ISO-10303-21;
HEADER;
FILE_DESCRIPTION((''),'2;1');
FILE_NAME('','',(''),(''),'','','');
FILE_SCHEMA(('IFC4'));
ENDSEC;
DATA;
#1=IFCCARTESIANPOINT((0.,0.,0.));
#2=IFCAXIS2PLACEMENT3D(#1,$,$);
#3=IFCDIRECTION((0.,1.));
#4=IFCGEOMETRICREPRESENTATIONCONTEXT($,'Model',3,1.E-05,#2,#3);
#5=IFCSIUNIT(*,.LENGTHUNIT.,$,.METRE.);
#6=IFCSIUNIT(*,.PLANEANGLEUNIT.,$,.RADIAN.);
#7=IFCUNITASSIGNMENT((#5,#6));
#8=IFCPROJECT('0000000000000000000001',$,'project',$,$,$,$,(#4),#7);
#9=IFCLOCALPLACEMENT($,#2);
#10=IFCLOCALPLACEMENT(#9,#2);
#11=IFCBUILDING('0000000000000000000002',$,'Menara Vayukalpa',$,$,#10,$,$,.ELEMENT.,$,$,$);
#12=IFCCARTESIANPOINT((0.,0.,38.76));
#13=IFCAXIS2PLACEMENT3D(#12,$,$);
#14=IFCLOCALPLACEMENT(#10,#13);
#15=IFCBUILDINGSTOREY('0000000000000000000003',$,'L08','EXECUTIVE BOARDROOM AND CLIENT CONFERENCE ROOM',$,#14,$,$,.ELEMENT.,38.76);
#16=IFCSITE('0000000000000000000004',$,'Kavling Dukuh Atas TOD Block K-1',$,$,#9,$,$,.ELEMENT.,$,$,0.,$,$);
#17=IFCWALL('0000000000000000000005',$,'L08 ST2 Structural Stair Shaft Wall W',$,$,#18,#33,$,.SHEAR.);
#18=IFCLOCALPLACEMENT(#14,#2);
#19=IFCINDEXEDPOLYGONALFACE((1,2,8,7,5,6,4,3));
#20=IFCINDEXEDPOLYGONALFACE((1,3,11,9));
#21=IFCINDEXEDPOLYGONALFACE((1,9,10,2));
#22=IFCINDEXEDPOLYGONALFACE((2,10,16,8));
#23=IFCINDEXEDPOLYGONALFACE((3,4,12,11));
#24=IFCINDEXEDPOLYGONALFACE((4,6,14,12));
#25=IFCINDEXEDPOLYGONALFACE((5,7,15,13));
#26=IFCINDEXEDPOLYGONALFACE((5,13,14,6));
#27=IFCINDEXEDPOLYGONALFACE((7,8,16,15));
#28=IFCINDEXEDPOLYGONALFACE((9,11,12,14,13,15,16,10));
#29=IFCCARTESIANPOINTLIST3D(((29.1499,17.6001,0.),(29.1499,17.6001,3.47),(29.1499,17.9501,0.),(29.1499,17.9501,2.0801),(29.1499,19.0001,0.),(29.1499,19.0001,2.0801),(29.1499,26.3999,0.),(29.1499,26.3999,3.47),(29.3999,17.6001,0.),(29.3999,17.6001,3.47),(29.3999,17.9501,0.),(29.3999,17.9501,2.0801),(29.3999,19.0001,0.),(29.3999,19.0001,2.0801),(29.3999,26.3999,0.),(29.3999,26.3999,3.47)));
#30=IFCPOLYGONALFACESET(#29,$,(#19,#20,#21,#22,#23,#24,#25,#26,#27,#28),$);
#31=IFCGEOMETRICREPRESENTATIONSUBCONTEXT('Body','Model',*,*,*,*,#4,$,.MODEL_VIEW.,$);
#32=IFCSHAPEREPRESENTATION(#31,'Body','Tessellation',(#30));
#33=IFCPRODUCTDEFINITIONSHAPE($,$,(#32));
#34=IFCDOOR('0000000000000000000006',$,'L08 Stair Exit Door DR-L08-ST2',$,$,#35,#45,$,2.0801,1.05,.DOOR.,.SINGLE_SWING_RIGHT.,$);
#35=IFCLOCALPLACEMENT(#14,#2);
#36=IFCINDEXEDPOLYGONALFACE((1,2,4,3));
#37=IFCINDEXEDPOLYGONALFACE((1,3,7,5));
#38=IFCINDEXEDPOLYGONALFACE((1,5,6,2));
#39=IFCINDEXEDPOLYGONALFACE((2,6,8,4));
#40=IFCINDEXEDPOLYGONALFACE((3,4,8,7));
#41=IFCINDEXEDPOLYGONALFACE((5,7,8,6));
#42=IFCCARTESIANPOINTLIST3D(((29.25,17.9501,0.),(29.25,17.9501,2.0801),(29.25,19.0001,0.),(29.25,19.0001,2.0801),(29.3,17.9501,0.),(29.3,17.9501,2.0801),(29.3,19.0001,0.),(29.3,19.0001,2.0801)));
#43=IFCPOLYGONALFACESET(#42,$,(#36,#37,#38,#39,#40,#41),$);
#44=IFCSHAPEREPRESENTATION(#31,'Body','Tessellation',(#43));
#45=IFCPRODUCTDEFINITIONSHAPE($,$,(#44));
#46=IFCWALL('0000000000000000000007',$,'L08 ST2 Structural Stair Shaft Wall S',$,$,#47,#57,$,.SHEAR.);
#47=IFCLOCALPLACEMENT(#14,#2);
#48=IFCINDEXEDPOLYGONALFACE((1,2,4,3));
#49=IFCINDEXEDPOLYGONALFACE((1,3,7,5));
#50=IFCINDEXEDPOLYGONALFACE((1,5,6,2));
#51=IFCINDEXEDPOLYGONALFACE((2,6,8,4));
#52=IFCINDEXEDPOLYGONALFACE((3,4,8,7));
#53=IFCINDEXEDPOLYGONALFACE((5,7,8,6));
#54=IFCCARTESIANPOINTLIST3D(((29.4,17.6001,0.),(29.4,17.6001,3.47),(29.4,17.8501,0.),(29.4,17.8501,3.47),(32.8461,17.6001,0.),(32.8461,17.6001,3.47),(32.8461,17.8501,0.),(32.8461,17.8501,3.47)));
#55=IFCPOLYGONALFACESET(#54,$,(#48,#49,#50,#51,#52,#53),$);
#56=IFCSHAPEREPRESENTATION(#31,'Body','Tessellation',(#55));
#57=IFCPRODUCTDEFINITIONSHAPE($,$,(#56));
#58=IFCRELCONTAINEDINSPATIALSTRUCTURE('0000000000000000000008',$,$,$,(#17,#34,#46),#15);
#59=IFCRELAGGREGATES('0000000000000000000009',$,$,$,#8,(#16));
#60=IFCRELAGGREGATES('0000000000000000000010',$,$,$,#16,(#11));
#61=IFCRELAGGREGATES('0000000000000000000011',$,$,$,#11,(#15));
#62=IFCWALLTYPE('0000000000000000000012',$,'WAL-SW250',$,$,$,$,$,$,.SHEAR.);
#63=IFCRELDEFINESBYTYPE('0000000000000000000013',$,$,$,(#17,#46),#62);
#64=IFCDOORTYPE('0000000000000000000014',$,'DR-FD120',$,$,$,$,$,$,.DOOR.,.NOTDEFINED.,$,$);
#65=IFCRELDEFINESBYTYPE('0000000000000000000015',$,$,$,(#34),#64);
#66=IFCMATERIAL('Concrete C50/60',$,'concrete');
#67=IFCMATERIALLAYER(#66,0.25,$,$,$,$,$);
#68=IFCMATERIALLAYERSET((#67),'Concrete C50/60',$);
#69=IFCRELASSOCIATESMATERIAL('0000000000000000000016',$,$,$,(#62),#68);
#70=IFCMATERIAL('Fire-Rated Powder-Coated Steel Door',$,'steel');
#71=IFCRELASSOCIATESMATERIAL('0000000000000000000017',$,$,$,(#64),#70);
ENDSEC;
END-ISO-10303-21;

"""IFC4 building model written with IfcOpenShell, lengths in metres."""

from ifc_helpers import new_model, si_unit, direction, frame, frame_2d, origin, place, context, subcontext, project, spatial, rectangle, extrude, material, layer, layer_set, type_object, element, fill, save


model = new_model("IFC4")

# Units and contexts
model_context = context("Model", 3, precision=1e-05, world=origin(), true_north=direction((0.0, 1.0)))
body_context = subcontext(model_context, "Body", "Model", "MODEL_VIEW")
ifc_project = project(units=[si_unit("LENGTHUNIT", "METRE"), si_unit("PLANEANGLEUNIT", "RADIAN")], contexts=[model_context])

# Site, building, storey
site_placement = place(None, origin())
site = spatial("IfcSite", under=ifc_project, at=site_placement, Name="Kavling Dukuh Atas TOD Block K-1", CompositionType="ELEMENT", RefElevation=0.0)
building_placement = place(site_placement, origin())
building = spatial("IfcBuilding", under=site, at=building_placement, Name="Menara Vayukalpa", CompositionType="ELEMENT")
storey_placement = place(building_placement, frame((0.0, 0.0, 38.76)))
storey = spatial("IfcBuildingStorey", under=building, at=storey_placement, Name="L08", Description="EXECUTIVE BOARDROOM AND CLIENT CONFERENCE ROOM", CompositionType="ELEMENT", Elevation=38.76)

# Wall, opening, door
ifc_material_1 = material(Name="Concrete C50/60", Category="concrete")
ifc_layer_1 = layer(ifc_material_1, 0.25)
ifc_layer_set_1 = layer_set([ifc_layer_1], Name="Concrete C50/60")
wall_type_1 = type_object("IfcWallType", Name="WAL-SW250", PredefinedType="SHEAR", material=ifc_layer_set_1)
wall_1_placement = place(storey_placement, frame((29.2749, 17.6001, 0.0), z_axis=(0.0, 0.0, 1.0), x_axis=(0.0, 1.0, 0.0)))
wall_1 = element("IfcWall", 1, at=wall_1_placement, inside=storey, type_object=wall_type_1, Name="L08 ST2 Structural Stair Shaft Wall W", PredefinedType="SHEAR", context=body_context, shape_type="SweptSolid", body=[
    extrude(rectangle(XDim=8.7998, YDim=0.25, at=frame_2d((4.3999, 0.0))), origin(), (0.0, 0.0, 1.0), 3.47),
])
opening_1_placement = place(wall_1_placement, frame((0.3501, 0.0, 0.0)))
opening_1 = element("IfcOpeningElement", 2, at=opening_1_placement, cuts=wall_1, PredefinedType="OPENING", context=body_context, shape_type="SweptSolid", body=[
    extrude(rectangle(XDim=1.05, YDim=2.0801, at=frame_2d((0.5249, 1.04))), frame((0.0, 0.135, 0.0), z_axis=(0.0, -1.0, 0.0), x_axis=(1.0, 0.0, 0.0)), (0.0, 0.0, 1.0), 0.27),
])
ifc_material_2 = material(Name="Fire-Rated Powder-Coated Steel Door", Category="steel")
door_type_1 = type_object("IfcDoorType", Name="DR-FD120", OperationType="NOTDEFINED", PredefinedType="DOOR", material=ifc_material_2)
door_1_placement = place(opening_1_placement, origin())
door_1 = element("IfcDoor", 3, at=door_1_placement, inside=storey, type_object=door_type_1, Name="L08 Stair Exit Door DR-L08-ST2", OperationType="SINGLE_SWING_RIGHT", OverallHeight=2.0801, OverallWidth=1.05, PredefinedType="DOOR", context=body_context, shape_type="SweptSolid", body=[
    extrude(rectangle(XDim=1.05, YDim=2.0801, at=frame_2d((0.5249, 1.04))), frame((0.0, 0.0249, 0.0), z_axis=(0.0, -1.0, 0.0), x_axis=(1.0, 0.0, 0.0)), (0.0, 0.0, 1.0), 0.05),
])
fill(opening_1, door_1)

# Wall
wall_2_placement = place(storey_placement, frame((29.3999, 17.7251, 0.0), z_axis=(0.0, 0.0, 1.0), x_axis=(1.0, 0.0, 0.0)))
element("IfcWall", 4, at=wall_2_placement, inside=storey, type_object=wall_type_1, Name="L08 ST2 Structural Stair Shaft Wall S", PredefinedType="SHEAR", context=body_context, shape_type="SweptSolid", body=[
    extrude(rectangle(XDim=3.446, YDim=0.25, at=frame_2d((1.7231, 0.0))), origin(), (0.0, 0.0, 1.0), 3.47),
])

save(model, "model.ifc")
